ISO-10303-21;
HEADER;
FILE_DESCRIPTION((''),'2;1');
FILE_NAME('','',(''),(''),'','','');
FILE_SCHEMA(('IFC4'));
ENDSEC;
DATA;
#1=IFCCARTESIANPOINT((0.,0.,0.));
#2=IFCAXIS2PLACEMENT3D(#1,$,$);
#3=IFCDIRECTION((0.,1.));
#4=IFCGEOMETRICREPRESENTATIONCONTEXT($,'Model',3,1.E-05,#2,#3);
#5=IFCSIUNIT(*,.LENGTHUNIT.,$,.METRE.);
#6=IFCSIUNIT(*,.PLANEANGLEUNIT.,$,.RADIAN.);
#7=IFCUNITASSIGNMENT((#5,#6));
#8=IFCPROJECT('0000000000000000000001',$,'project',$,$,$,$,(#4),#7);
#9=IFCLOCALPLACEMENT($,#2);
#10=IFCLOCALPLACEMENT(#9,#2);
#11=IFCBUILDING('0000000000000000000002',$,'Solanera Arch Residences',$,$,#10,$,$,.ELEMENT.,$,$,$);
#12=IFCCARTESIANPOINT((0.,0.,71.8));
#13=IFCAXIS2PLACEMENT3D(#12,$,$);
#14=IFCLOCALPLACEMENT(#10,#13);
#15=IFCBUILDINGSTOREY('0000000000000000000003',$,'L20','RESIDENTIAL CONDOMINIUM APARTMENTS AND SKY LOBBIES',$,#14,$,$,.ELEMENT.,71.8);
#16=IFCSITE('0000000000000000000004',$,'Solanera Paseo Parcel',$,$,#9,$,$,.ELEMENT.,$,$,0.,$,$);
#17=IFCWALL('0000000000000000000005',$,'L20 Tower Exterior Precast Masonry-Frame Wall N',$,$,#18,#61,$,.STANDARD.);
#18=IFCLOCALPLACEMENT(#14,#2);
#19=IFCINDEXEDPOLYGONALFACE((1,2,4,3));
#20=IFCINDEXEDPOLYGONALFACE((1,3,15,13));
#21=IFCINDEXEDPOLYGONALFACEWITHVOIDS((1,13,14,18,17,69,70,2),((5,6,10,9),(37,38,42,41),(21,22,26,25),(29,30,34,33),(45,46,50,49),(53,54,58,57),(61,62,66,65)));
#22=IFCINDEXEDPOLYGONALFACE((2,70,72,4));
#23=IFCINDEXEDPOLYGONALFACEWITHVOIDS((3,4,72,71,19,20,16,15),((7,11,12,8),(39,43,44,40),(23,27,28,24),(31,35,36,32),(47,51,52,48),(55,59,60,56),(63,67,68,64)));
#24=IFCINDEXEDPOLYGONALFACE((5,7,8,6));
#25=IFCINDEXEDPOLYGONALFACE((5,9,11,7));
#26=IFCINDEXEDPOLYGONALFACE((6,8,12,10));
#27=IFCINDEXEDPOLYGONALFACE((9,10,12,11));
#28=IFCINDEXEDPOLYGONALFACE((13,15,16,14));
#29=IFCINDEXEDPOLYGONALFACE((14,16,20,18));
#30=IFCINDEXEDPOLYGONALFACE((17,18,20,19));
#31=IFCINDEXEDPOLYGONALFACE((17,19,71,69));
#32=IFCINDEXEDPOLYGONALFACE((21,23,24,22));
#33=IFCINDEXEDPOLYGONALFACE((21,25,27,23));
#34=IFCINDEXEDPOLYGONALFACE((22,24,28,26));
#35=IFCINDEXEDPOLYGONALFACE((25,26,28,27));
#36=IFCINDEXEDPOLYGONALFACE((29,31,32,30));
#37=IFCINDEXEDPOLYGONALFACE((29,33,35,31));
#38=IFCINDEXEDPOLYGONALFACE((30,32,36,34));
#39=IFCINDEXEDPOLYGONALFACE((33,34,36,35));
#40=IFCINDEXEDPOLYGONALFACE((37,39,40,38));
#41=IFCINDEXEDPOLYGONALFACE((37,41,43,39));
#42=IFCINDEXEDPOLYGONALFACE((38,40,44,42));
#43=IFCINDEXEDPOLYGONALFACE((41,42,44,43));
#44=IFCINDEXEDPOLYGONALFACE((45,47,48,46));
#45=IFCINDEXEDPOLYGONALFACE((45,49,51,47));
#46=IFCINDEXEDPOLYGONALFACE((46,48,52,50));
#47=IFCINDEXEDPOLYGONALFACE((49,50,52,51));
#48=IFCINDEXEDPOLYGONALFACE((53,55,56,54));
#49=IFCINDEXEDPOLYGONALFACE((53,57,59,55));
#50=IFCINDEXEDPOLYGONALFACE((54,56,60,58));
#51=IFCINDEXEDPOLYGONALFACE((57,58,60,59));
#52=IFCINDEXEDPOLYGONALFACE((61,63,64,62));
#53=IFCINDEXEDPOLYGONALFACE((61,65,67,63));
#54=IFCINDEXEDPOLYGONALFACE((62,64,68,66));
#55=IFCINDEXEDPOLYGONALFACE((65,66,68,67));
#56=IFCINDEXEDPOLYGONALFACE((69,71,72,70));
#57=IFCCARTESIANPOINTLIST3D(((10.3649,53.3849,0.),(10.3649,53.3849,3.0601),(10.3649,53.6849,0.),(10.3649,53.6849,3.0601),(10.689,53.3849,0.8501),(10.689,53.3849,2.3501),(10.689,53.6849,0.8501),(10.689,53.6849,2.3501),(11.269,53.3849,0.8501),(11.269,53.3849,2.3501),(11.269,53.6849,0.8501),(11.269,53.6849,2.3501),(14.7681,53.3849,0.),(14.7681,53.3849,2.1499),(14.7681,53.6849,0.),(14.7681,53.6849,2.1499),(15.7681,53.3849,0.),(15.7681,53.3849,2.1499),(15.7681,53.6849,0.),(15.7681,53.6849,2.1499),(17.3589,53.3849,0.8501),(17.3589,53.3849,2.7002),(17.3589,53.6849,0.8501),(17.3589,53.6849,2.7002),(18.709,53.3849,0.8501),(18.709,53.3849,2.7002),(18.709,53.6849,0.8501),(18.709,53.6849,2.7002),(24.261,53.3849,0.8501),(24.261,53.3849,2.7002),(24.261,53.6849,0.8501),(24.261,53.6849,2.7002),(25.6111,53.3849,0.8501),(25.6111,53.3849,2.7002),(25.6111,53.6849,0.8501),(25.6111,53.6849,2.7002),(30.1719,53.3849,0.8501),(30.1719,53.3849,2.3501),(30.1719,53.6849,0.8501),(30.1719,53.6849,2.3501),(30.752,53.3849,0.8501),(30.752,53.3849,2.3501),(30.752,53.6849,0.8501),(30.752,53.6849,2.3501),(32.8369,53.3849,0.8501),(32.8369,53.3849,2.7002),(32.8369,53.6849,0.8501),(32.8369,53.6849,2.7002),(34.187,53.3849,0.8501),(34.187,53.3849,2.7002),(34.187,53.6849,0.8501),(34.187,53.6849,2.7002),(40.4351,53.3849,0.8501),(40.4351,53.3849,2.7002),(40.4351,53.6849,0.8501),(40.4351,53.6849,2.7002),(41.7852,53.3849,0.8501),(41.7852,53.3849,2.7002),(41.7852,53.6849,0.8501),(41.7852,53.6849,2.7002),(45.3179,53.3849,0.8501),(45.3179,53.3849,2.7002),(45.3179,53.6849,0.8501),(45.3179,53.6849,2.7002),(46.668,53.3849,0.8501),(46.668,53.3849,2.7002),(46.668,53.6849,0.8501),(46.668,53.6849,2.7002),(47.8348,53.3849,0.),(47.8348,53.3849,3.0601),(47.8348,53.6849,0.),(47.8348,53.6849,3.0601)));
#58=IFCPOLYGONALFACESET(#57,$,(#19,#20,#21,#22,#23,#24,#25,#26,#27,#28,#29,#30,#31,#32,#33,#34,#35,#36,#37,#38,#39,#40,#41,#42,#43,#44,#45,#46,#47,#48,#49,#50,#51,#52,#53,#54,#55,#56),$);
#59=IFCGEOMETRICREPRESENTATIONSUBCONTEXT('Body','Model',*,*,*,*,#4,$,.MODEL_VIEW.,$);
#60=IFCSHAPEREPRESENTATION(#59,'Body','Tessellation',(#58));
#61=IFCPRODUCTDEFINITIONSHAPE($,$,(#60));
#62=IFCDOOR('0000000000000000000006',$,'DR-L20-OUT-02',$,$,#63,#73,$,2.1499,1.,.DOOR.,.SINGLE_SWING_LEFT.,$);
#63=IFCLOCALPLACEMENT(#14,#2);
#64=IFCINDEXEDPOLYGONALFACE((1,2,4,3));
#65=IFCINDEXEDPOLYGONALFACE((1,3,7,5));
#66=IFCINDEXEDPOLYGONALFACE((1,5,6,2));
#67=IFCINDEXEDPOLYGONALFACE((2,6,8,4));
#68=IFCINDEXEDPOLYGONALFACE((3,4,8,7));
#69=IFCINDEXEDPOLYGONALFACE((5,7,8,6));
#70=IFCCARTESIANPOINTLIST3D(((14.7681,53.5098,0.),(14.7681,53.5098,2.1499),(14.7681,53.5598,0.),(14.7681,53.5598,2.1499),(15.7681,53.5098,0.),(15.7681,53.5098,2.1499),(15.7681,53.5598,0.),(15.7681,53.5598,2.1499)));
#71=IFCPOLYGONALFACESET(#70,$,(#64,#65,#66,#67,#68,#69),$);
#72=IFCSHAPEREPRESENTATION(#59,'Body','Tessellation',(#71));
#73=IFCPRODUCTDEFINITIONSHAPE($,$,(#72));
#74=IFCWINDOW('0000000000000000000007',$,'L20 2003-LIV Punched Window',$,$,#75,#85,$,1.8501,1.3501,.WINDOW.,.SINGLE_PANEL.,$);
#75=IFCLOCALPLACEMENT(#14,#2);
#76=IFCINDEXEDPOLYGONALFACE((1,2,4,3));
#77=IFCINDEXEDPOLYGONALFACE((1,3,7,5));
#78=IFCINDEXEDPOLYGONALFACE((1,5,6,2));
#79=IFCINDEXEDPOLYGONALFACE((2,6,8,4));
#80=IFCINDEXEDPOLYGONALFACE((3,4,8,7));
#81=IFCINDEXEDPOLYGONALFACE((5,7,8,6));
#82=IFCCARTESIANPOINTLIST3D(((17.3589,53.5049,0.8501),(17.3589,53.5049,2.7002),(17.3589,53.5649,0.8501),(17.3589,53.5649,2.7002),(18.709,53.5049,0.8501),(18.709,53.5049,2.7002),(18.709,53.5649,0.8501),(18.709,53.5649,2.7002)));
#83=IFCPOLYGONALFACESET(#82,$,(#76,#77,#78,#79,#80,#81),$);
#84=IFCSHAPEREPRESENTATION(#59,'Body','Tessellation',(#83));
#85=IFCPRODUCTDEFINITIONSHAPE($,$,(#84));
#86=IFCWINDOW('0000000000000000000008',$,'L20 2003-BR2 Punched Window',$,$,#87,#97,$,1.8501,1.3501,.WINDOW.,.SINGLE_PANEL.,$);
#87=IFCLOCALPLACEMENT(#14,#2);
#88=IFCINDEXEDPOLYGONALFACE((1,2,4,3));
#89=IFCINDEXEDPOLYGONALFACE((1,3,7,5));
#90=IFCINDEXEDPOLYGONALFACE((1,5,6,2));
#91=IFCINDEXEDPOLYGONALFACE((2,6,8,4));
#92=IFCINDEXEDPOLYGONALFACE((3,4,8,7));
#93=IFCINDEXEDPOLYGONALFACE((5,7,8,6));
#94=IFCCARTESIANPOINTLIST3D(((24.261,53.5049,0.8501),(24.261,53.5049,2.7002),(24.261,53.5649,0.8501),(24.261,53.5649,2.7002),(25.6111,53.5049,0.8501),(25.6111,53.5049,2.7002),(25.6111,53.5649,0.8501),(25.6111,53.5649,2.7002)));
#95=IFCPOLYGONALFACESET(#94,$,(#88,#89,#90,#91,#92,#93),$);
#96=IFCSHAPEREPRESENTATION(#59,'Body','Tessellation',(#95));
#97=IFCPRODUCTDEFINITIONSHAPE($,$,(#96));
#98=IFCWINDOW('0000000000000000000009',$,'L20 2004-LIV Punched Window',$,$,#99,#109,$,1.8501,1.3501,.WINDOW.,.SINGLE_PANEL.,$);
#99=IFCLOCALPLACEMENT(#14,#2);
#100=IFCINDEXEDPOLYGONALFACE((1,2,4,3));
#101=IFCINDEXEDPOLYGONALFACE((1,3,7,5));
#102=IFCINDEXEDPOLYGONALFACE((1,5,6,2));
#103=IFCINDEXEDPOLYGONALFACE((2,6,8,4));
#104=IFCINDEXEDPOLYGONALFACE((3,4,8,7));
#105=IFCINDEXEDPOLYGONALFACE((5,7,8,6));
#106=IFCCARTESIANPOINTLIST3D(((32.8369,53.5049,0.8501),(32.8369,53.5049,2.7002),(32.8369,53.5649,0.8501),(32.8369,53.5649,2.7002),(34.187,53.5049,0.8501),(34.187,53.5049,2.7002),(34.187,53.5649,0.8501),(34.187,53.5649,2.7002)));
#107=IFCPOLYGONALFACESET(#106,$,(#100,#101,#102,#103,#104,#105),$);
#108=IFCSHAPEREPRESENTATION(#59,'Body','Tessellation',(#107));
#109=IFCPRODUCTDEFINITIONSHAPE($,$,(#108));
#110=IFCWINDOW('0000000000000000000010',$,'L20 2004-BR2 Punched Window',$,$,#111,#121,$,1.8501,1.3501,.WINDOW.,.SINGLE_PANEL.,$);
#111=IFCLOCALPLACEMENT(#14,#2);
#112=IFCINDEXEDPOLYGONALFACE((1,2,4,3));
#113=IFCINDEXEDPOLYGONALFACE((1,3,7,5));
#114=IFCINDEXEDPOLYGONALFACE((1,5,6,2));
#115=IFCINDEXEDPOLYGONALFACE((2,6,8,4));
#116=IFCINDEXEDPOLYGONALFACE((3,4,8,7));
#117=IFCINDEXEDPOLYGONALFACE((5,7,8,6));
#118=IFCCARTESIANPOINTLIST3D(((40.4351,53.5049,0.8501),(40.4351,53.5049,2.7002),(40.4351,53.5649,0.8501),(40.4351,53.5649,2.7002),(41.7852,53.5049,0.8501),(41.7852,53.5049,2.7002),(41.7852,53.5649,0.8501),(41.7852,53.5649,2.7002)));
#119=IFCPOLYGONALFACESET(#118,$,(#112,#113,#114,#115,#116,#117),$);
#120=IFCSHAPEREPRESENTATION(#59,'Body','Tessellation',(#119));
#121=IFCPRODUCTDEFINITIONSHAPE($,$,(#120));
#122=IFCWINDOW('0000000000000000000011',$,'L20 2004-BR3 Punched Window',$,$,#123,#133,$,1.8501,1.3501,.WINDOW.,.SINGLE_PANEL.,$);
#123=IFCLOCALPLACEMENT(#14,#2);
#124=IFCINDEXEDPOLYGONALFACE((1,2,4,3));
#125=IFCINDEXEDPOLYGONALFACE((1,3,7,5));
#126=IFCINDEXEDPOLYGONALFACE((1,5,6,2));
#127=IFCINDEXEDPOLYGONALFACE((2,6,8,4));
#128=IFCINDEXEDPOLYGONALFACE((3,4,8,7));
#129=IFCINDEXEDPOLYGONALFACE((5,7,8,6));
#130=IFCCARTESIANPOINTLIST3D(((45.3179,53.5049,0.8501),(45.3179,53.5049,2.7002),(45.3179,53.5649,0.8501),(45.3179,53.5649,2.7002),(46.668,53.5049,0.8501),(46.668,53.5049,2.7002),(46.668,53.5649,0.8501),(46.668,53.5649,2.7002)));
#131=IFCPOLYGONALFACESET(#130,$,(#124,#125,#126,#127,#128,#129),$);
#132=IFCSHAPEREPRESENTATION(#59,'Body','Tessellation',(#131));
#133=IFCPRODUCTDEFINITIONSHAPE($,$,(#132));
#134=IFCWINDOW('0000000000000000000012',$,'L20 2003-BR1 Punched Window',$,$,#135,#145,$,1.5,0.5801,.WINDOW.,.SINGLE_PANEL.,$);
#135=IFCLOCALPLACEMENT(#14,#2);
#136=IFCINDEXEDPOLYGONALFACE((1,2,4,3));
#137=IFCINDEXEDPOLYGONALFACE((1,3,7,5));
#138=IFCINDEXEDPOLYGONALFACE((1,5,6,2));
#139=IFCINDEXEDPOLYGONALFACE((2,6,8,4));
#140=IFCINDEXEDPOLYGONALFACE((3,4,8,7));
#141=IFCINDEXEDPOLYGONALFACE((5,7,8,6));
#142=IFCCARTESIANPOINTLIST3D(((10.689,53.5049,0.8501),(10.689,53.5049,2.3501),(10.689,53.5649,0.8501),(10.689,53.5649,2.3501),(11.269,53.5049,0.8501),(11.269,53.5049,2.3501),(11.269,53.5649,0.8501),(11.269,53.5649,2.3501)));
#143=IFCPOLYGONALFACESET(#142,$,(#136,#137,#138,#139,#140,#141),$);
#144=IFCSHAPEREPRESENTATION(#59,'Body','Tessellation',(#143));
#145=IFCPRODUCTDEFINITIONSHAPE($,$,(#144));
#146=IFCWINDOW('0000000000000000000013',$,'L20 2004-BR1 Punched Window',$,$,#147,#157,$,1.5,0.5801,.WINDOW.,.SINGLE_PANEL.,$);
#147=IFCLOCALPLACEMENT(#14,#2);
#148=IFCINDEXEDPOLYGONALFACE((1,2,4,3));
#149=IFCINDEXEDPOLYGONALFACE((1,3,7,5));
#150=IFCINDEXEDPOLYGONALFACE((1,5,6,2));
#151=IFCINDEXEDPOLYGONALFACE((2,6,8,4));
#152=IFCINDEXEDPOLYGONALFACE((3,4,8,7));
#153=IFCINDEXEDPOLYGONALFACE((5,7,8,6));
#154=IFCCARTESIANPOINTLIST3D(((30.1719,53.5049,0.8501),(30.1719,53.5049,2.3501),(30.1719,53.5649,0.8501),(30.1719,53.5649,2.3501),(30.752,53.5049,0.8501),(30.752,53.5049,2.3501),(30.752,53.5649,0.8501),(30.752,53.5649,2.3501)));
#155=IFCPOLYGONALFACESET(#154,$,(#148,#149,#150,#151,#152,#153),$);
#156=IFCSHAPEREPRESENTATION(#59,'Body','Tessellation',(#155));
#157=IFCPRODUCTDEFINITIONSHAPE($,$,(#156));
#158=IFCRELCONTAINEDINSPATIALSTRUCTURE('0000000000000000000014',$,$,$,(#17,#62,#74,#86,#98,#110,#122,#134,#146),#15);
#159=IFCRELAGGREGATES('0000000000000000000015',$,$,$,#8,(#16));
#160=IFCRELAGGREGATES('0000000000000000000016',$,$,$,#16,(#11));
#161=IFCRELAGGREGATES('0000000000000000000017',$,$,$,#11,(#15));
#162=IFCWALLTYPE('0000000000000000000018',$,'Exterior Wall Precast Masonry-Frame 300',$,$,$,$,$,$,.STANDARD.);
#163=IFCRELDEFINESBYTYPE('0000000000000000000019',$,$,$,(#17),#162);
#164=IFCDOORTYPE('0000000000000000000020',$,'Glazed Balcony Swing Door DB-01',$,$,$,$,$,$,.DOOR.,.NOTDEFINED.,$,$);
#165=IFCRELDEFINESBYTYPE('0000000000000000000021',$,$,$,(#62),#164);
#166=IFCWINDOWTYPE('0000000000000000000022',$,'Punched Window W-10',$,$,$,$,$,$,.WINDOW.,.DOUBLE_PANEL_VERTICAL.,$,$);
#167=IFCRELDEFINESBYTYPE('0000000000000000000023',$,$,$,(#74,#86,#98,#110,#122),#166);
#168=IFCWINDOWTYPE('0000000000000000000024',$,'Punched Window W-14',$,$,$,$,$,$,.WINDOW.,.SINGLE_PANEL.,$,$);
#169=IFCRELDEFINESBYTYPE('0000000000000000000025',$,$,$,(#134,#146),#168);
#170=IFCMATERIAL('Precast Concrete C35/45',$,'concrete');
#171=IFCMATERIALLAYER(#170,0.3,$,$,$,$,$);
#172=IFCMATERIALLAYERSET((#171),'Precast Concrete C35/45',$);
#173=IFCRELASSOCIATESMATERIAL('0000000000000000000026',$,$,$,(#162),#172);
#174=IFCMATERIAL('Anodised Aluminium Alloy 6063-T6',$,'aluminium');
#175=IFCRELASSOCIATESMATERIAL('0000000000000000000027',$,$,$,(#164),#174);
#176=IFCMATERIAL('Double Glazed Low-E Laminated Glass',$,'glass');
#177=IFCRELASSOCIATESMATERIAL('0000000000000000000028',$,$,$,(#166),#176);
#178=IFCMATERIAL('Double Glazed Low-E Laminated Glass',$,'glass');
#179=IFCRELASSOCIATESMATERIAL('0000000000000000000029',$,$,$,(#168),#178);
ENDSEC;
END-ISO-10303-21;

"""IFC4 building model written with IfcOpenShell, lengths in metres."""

from ifc_helpers import new_model, si_unit, direction, frame, frame_2d, origin, place, context, subcontext, project, spatial, rectangle, extrude, material, layer, layer_set, type_object, element, fill, save


model = new_model("IFC4")

# Units and contexts
model_context = context("Model", 3, precision=1e-05, world=origin(), true_north=direction((0.0, 1.0)))
body_context = subcontext(model_context, "Body", "Model", "MODEL_VIEW")
ifc_project = project(units=[si_unit("LENGTHUNIT", "METRE"), si_unit("PLANEANGLEUNIT", "RADIAN")], contexts=[model_context])

# Site, building, storey
site_placement = place(None, origin())
site = spatial("IfcSite", under=ifc_project, at=site_placement, Name="Solanera Paseo Parcel", CompositionType="ELEMENT", RefElevation=0.0)
building_placement = place(site_placement, origin())
building = spatial("IfcBuilding", under=site, at=building_placement, Name="Solanera Arch Residences", CompositionType="ELEMENT")
storey_placement = place(building_placement, frame((0.0, 0.0, 71.8)))
storey = spatial("IfcBuildingStorey", under=building, at=storey_placement, Name="L20", Description="RESIDENTIAL CONDOMINIUM APARTMENTS AND SKY LOBBIES", CompositionType="ELEMENT", Elevation=71.8)

# Shared definitions
ifc_material_1 = material(Name="Precast Concrete C35/45", Category="concrete")
ifc_layer_1 = layer(ifc_material_1, 0.3)
ifc_layer_set_1 = layer_set([ifc_layer_1], Name="Precast Concrete C35/45")
wall_type_1 = type_object("IfcWallType", Name="Exterior Wall Precast Masonry-Frame 300", PredefinedType="STANDARD", material=ifc_layer_set_1)

# Wall, openings, door, windows
wall_1_placement = place(storey_placement, frame((10.365, 53.5349, 0.0), z_axis=(0.0, 0.0, 1.0), x_axis=(1.0, 0.0, 0.0)))
wall_1 = element("IfcWall", 1, at=wall_1_placement, inside=storey, type_object=wall_type_1, Name="L20 Tower Exterior Precast Masonry-Frame Wall N", PredefinedType="STANDARD", context=body_context, shape_type="SweptSolid", body=[
    extrude(rectangle(XDim=37.47, YDim=0.3, at=frame_2d((18.7349, 0.0))), origin(), (0.0, 0.0, 1.0), 3.0601),
])
opening_1_placement = place(wall_1_placement, frame((4.4031, 0.0, 0.0)))
opening_1 = element("IfcOpeningElement", 2, at=opening_1_placement, cuts=wall_1, PredefinedType="OPENING", context=body_context, shape_type="SweptSolid", body=[
    extrude(rectangle(XDim=1.0, YDim=2.1499, at=frame_2d((0.5, 1.075))), frame((0.0, 0.1599, 0.0), z_axis=(0.0, -1.0, 0.0), x_axis=(1.0, 0.0, 0.0)), (0.0, 0.0, 1.0), 0.32),
])
opening_2_placement = place(wall_1_placement, frame((6.9939, 0.0, 0.8501)))
opening_2 = element("IfcOpeningElement", 3, at=opening_2_placement, cuts=wall_1, PredefinedType="OPENING", context=body_context, shape_type="SweptSolid", body=[
    extrude(rectangle(XDim=1.3501, YDim=1.8501, at=frame_2d((0.675, 0.925))), frame((0.0, 0.1599, 0.0), z_axis=(0.0, -1.0, 0.0), x_axis=(1.0, 0.0, 0.0)), (0.0, 0.0, 1.0), 0.32),
])
opening_3_placement = place(wall_1_placement, frame((0.324, 0.0, 0.8501)))
opening_3 = element("IfcOpeningElement", 4, at=opening_3_placement, cuts=wall_1, PredefinedType="OPENING", context=body_context, shape_type="SweptSolid", body=[
    extrude(rectangle(XDim=0.5801, YDim=1.5, at=frame_2d((0.29, 0.75))), frame((0.0, 0.1599, 0.0), z_axis=(0.0, -1.0, 0.0), x_axis=(1.0, 0.0, 0.0)), (0.0, 0.0, 1.0), 0.32),
])
opening_4_placement = place(wall_1_placement, frame((13.896, 0.0, 0.8501)))
opening_4 = element("IfcOpeningElement", 5, at=opening_4_placement, cuts=wall_1, PredefinedType="OPENING", context=body_context, shape_type="SweptSolid", body=[
    extrude(rectangle(XDim=1.3501, YDim=1.8501, at=frame_2d((0.675, 0.925))), frame((0.0, 0.1599, 0.0), z_axis=(0.0, -1.0, 0.0), x_axis=(1.0, 0.0, 0.0)), (0.0, 0.0, 1.0), 0.32),
])
opening_5_placement = place(wall_1_placement, frame((22.4719, 0.0, 0.8501)))
opening_5 = element("IfcOpeningElement", 6, at=opening_5_placement, cuts=wall_1, PredefinedType="OPENING", context=body_context, shape_type="SweptSolid", body=[
    extrude(rectangle(XDim=1.3501, YDim=1.8501, at=frame_2d((0.675, 0.925))), frame((0.0, 0.1599, 0.0), z_axis=(0.0, -1.0, 0.0), x_axis=(1.0, 0.0, 0.0)), (0.0, 0.0, 1.0), 0.32),
])
opening_6_placement = place(wall_1_placement, frame((19.8069, 0.0, 0.8501)))
opening_6 = element("IfcOpeningElement", 7, at=opening_6_placement, cuts=wall_1, PredefinedType="OPENING", context=body_context, shape_type="SweptSolid", body=[
    extrude(rectangle(XDim=0.5801, YDim=1.5, at=frame_2d((0.29, 0.75))), frame((0.0, 0.1599, 0.0), z_axis=(0.0, -1.0, 0.0), x_axis=(1.0, 0.0, 0.0)), (0.0, 0.0, 1.0), 0.32),
])
opening_7_placement = place(wall_1_placement, frame((30.0701, 0.0, 0.8501)))
opening_7 = element("IfcOpeningElement", 8, at=opening_7_placement, cuts=wall_1, PredefinedType="OPENING", context=body_context, shape_type="SweptSolid", body=[
    extrude(rectangle(XDim=1.3501, YDim=1.8501, at=frame_2d((0.675, 0.925))), frame((0.0, 0.1599, 0.0), z_axis=(0.0, -1.0, 0.0), x_axis=(1.0, 0.0, 0.0)), (0.0, 0.0, 1.0), 0.32),
])
opening_8_placement = place(wall_1_placement, frame((34.9529, 0.0, 0.8501)))
opening_8 = element("IfcOpeningElement", 9, at=opening_8_placement, cuts=wall_1, PredefinedType="OPENING", context=body_context, shape_type="SweptSolid", body=[
    extrude(rectangle(XDim=1.3501, YDim=1.8501, at=frame_2d((0.675, 0.925))), frame((0.0, 0.1599, 0.0), z_axis=(0.0, -1.0, 0.0), x_axis=(1.0, 0.0, 0.0)), (0.0, 0.0, 1.0), 0.32),
])
ifc_material_2 = material(Name="Anodised Aluminium Alloy 6063-T6", Category="aluminium")
door_type_1 = type_object("IfcDoorType", Name="Glazed Balcony Swing Door DB-01", OperationType="NOTDEFINED", PredefinedType="DOOR", material=ifc_material_2)
door_1_placement = place(opening_1_placement, origin())
door_1 = element("IfcDoor", 10, at=door_1_placement, inside=storey, type_object=door_type_1, Name="DR-L20-OUT-02", OperationType="SINGLE_SWING_LEFT", OverallHeight=2.1499, OverallWidth=1.0, PredefinedType="DOOR", context=body_context, shape_type="SweptSolid", body=[
    extrude(rectangle(XDim=1.0, YDim=2.1499, at=frame_2d((0.5, 1.075))), frame((0.0, 0.0249, 0.0), z_axis=(0.0, -1.0, 0.0), x_axis=(1.0, 0.0, 0.0)), (0.0, 0.0, 1.0), 0.05),
])
fill(opening_1, door_1)
ifc_material_3 = material(Name="Double Glazed Low-E Laminated Glass", Category="glass")
window_type_1 = type_object("IfcWindowType", Name="Punched Window W-10", PartitioningType="DOUBLE_PANEL_VERTICAL", PredefinedType="WINDOW", material=ifc_material_3)
window_1_placement = place(opening_2_placement, origin())
window_1 = element("IfcWindow", 11, at=window_1_placement, inside=storey, type_object=window_type_1, Name="L20 2003-LIV Punched Window", OverallHeight=1.8501, OverallWidth=1.3501, PartitioningType="SINGLE_PANEL", PredefinedType="WINDOW", context=body_context, shape_type="SweptSolid", body=[
    extrude(rectangle(XDim=1.3501, YDim=1.8501, at=frame_2d((0.675, 0.925))), frame((0.0, 0.03, 0.0), z_axis=(0.0, -1.0, 0.0), x_axis=(1.0, 0.0, 0.0)), (0.0, 0.0, 1.0), 0.0601),
])
fill(opening_2, window_1)
window_2_placement = place(opening_4_placement, origin())
window_2 = element("IfcWindow", 12, at=window_2_placement, inside=storey, type_object=window_type_1, Name="L20 2003-BR2 Punched Window", OverallHeight=1.8501, OverallWidth=1.3501, PartitioningType="SINGLE_PANEL", PredefinedType="WINDOW", context=body_context, shape_type="SweptSolid", body=[
    extrude(rectangle(XDim=1.3501, YDim=1.8501, at=frame_2d((0.675, 0.925))), frame((0.0, 0.03, 0.0), z_axis=(0.0, -1.0, 0.0), x_axis=(1.0, 0.0, 0.0)), (0.0, 0.0, 1.0), 0.0601),
])
fill(opening_4, window_2)
window_3_placement = place(opening_5_placement, origin())
window_3 = element("IfcWindow", 13, at=window_3_placement, inside=storey, type_object=window_type_1, Name="L20 2004-LIV Punched Window", OverallHeight=1.8501, OverallWidth=1.3501, PartitioningType="SINGLE_PANEL", PredefinedType="WINDOW", context=body_context, shape_type="SweptSolid", body=[
    extrude(rectangle(XDim=1.3501, YDim=1.8501, at=frame_2d((0.675, 0.925))), frame((0.0, 0.03, 0.0), z_axis=(0.0, -1.0, 0.0), x_axis=(1.0, 0.0, 0.0)), (0.0, 0.0, 1.0), 0.0601),
])
fill(opening_5, window_3)
window_4_placement = place(opening_7_placement, origin())
window_4 = element("IfcWindow", 14, at=window_4_placement, inside=storey, type_object=window_type_1, Name="L20 2004-BR2 Punched Window", OverallHeight=1.8501, OverallWidth=1.3501, PartitioningType="SINGLE_PANEL", PredefinedType="WINDOW", context=body_context, shape_type="SweptSolid", body=[
    extrude(rectangle(XDim=1.3501, YDim=1.8501, at=frame_2d((0.675, 0.925))), frame((0.0, 0.03, 0.0), z_axis=(0.0, -1.0, 0.0), x_axis=(1.0, 0.0, 0.0)), (0.0, 0.0, 1.0), 0.0601),
])
fill(opening_7, window_4)
window_5_placement = place(opening_8_placement, origin())
window_5 = element("IfcWindow", 15, at=window_5_placement, inside=storey, type_object=window_type_1, Name="L20 2004-BR3 Punched Window", OverallHeight=1.8501, OverallWidth=1.3501, PartitioningType="SINGLE_PANEL", PredefinedType="WINDOW", context=body_context, shape_type="SweptSolid", body=[
    extrude(rectangle(XDim=1.3501, YDim=1.8501, at=frame_2d((0.675, 0.925))), frame((0.0, 0.03, 0.0), z_axis=(0.0, -1.0, 0.0), x_axis=(1.0, 0.0, 0.0)), (0.0, 0.0, 1.0), 0.0601),
])
fill(opening_8, window_5)
ifc_material_4 = material(Name="Double Glazed Low-E Laminated Glass", Category="glass")
window_type_2 = type_object("IfcWindowType", Name="Punched Window W-14", PartitioningType="SINGLE_PANEL", PredefinedType="WINDOW", material=ifc_material_4)
window_6_placement = place(opening_3_placement, origin())
window_6 = element("IfcWindow", 16, at=window_6_placement, inside=storey, type_object=window_type_2, Name="L20 2003-BR1 Punched Window", OverallHeight=1.5, OverallWidth=0.5801, PartitioningType="SINGLE_PANEL", PredefinedType="WINDOW", context=body_context, shape_type="SweptSolid", body=[
    extrude(rectangle(XDim=0.5801, YDim=1.5, at=frame_2d((0.29, 0.75))), frame((0.0, 0.03, 0.0), z_axis=(0.0, -1.0, 0.0), x_axis=(1.0, 0.0, 0.0)), (0.0, 0.0, 1.0), 0.0601),
])
fill(opening_3, window_6)
window_7_placement = place(opening_6_placement, origin())
window_7 = element("IfcWindow", 17, at=window_7_placement, inside=storey, type_object=window_type_2, Name="L20 2004-BR1 Punched Window", OverallHeight=1.5, OverallWidth=0.5801, PartitioningType="SINGLE_PANEL", PredefinedType="WINDOW", context=body_context, shape_type="SweptSolid", body=[
    extrude(rectangle(XDim=0.5801, YDim=1.5, at=frame_2d((0.29, 0.75))), frame((0.0, 0.03, 0.0), z_axis=(0.0, -1.0, 0.0), x_axis=(1.0, 0.0, 0.0)), (0.0, 0.0, 1.0), 0.0601),
])
fill(opening_6, window_7)

save(model, "model.ifc")
